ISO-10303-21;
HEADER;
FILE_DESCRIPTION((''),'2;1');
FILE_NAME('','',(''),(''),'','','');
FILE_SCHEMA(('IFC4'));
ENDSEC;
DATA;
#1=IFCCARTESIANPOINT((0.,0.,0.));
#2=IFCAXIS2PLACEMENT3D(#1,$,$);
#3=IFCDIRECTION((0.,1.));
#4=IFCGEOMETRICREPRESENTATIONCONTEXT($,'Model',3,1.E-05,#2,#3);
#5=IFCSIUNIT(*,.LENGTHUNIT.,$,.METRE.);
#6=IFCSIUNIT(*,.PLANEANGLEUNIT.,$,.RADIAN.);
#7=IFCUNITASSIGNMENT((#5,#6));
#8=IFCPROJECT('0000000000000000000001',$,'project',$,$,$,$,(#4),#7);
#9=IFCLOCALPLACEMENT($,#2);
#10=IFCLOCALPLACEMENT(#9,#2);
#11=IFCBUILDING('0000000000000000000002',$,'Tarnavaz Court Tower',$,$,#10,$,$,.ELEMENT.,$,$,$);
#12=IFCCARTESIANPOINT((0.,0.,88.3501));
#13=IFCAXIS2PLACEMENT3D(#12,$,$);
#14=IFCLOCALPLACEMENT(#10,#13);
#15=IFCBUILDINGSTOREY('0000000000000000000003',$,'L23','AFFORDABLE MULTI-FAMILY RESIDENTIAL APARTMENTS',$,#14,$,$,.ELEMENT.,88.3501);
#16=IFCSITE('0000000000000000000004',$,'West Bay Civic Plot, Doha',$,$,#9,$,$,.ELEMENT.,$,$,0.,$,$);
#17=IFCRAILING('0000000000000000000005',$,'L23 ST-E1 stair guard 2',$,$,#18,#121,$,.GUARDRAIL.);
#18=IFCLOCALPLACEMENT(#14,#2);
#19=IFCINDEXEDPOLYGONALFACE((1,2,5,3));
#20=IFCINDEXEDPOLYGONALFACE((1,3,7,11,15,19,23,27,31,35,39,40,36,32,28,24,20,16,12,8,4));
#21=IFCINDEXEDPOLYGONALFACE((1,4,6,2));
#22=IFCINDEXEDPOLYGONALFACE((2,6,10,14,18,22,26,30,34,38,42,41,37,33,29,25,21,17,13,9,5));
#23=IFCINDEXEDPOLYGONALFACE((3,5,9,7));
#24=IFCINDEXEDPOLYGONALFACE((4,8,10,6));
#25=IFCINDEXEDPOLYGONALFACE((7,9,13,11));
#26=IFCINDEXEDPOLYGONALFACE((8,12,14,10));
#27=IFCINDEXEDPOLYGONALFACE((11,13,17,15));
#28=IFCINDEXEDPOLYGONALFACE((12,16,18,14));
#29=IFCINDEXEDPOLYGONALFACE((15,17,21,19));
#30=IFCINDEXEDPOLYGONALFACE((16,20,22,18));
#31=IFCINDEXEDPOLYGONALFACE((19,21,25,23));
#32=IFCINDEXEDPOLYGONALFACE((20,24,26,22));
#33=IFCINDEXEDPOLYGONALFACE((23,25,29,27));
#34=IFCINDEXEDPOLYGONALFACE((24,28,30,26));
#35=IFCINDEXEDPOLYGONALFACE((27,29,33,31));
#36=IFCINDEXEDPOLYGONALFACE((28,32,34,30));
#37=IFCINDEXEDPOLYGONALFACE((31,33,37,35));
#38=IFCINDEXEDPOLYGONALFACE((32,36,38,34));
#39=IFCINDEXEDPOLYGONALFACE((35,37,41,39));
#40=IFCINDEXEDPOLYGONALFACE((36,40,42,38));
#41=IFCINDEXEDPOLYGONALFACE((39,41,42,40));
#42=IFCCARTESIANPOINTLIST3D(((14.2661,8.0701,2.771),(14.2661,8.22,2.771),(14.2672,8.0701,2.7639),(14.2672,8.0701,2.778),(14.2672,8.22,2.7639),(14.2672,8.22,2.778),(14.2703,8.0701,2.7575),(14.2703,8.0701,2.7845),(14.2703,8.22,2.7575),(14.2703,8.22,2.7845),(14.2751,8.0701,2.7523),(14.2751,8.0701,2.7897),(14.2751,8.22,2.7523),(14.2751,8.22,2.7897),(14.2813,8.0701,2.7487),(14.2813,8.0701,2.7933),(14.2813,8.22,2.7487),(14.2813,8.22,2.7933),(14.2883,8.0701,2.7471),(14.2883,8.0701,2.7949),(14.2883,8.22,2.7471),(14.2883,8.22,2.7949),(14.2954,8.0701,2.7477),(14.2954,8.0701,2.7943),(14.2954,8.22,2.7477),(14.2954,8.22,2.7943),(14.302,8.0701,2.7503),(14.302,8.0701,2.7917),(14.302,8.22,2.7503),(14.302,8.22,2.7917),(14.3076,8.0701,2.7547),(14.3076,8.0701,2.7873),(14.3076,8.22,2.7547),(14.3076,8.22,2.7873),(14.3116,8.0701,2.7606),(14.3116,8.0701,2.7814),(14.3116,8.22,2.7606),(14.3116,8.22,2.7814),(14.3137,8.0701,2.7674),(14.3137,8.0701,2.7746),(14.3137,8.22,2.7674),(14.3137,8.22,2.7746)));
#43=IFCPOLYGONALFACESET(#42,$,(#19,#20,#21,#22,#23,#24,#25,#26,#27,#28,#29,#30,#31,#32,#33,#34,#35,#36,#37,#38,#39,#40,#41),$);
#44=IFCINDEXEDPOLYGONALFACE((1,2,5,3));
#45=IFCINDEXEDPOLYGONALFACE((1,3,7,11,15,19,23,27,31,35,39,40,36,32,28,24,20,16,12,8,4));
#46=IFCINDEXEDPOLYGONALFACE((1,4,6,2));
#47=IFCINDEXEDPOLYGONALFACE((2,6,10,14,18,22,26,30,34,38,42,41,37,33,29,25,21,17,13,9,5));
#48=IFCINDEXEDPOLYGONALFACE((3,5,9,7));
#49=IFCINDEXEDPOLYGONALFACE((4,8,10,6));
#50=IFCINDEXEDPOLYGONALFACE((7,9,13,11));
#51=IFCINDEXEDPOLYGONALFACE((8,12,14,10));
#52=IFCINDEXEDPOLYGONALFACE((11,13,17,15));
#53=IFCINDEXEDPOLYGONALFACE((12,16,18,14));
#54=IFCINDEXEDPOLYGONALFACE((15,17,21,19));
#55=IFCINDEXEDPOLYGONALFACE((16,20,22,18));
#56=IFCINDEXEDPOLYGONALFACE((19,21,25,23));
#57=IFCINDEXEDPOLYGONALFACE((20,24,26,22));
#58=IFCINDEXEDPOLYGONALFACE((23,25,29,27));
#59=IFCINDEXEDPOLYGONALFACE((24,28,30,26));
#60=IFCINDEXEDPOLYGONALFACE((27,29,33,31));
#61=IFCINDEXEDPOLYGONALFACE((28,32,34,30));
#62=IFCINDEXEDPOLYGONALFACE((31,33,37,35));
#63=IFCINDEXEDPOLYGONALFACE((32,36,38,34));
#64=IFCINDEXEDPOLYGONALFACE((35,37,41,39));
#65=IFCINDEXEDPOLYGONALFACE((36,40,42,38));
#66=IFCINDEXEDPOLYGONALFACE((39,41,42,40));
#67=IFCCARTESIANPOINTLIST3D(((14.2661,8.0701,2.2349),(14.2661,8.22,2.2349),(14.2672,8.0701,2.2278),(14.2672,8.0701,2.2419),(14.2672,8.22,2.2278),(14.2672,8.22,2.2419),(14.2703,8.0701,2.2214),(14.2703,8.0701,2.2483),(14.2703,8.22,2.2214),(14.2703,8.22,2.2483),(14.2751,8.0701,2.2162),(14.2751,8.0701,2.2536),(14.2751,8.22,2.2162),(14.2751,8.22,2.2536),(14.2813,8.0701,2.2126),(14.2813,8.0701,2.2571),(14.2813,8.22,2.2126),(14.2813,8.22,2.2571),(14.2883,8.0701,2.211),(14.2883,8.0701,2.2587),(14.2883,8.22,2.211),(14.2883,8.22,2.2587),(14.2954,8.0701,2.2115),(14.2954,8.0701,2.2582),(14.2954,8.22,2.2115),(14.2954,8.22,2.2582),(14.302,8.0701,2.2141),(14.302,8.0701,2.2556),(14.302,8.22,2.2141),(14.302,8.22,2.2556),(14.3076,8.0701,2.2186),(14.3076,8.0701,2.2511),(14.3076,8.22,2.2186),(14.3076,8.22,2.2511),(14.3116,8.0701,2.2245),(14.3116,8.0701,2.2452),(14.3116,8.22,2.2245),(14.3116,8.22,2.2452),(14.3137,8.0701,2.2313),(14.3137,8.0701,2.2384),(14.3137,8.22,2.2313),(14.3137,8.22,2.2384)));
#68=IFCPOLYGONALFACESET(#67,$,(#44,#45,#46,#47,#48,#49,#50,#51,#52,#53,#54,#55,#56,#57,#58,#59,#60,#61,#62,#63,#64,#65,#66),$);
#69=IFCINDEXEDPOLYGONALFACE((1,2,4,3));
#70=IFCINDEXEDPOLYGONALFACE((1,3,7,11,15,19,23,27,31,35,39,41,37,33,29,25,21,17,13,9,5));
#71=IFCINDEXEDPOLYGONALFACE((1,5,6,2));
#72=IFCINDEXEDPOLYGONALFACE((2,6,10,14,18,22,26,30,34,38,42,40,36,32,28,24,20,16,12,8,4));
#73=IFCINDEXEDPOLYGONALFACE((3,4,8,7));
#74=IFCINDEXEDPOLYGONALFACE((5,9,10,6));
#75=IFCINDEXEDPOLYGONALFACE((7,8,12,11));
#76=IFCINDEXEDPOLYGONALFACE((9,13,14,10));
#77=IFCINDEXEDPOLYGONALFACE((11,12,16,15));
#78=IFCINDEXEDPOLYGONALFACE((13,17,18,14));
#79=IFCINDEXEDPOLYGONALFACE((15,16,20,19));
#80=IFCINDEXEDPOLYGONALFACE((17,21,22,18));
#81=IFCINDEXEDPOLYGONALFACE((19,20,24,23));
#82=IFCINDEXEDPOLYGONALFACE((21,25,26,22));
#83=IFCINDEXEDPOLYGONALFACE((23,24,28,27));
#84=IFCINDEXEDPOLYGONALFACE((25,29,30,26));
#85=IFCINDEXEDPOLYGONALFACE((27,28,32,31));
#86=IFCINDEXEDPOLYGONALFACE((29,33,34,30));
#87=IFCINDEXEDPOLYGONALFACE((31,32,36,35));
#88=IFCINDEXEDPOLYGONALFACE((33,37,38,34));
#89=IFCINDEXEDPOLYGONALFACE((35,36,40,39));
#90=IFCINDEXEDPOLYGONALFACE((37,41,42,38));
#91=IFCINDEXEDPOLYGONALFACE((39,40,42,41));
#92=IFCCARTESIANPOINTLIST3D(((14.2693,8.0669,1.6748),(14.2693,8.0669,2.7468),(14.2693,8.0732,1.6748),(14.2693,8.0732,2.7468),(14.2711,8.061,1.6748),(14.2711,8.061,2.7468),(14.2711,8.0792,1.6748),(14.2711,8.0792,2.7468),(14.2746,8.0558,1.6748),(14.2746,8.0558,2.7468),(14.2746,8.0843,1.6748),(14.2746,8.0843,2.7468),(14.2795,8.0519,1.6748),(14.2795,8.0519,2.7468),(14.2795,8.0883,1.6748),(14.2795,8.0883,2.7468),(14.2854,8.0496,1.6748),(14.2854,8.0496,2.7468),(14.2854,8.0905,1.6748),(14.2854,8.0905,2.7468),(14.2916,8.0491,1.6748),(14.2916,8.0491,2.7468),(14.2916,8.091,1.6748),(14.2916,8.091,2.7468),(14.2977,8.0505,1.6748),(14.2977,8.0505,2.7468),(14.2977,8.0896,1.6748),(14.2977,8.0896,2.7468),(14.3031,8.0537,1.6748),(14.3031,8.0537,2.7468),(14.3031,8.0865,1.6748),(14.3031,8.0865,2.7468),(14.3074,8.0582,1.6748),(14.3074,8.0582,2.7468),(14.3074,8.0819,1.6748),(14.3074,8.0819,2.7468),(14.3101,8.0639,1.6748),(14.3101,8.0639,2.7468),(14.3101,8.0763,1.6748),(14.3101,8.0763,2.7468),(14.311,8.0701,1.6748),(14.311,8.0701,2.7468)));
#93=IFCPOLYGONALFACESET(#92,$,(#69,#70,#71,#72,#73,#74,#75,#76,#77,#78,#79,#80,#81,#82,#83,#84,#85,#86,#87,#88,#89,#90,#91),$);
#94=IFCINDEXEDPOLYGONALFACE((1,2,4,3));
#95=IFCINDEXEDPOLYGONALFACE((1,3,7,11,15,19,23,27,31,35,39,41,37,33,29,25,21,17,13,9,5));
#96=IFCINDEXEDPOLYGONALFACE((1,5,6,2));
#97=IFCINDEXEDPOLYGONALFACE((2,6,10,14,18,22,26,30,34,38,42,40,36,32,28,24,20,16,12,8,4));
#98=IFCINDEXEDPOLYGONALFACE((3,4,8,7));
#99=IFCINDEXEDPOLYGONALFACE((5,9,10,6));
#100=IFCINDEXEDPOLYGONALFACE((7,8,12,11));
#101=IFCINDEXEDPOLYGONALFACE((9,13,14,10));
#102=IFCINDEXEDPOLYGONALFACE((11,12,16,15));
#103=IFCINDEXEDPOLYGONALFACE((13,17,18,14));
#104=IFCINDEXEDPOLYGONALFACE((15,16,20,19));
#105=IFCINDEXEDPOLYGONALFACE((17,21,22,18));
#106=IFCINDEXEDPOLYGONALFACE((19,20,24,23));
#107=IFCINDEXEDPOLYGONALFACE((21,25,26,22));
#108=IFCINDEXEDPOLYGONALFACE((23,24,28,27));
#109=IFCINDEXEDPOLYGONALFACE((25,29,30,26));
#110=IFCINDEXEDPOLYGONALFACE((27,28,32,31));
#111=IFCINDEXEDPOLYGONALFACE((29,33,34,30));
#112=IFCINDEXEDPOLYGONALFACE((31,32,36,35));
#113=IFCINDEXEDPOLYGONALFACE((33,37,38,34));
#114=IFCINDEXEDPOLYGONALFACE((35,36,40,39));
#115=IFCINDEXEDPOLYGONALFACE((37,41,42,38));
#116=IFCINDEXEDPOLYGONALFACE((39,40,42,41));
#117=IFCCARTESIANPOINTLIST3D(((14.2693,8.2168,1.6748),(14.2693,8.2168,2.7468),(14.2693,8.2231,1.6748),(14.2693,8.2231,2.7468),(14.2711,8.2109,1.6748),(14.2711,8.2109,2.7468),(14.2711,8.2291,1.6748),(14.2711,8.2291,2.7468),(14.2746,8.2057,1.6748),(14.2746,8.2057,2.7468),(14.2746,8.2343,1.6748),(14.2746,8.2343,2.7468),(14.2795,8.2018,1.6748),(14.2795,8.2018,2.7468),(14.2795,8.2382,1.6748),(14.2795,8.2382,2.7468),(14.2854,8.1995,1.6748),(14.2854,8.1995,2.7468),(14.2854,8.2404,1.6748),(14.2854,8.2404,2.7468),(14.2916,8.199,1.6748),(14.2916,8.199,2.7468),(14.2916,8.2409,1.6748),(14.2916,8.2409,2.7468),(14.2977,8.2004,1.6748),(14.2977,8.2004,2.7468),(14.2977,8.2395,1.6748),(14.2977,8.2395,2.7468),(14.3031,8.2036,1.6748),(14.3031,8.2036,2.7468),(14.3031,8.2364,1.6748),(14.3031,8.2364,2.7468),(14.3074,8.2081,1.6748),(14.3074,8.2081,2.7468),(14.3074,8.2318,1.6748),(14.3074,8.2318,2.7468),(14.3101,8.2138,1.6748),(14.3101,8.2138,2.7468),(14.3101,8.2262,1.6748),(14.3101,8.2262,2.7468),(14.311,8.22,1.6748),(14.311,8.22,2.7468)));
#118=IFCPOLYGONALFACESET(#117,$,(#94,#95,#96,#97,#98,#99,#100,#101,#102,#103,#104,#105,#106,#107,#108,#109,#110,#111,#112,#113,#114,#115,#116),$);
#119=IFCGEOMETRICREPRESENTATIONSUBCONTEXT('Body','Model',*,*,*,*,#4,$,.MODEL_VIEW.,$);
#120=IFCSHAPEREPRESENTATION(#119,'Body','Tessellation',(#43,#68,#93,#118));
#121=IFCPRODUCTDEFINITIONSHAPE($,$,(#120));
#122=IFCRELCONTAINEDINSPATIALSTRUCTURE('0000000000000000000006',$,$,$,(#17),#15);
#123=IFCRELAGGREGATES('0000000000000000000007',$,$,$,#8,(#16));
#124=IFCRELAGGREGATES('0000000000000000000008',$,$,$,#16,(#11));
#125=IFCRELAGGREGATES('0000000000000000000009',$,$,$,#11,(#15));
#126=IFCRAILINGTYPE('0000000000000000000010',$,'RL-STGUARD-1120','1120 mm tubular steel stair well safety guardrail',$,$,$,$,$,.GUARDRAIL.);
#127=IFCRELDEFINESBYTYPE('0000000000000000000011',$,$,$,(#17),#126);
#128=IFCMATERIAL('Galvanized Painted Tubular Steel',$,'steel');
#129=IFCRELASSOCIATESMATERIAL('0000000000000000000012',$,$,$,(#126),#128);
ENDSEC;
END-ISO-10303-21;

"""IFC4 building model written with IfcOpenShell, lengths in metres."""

from ifc_helpers import new_model, si_unit, direction, frame, origin, origin_2d, place, context, subcontext, project, spatial, circle, extrude, material, type_object, element, save


model = new_model("IFC4")

# Units and contexts
model_context = context("Model", 3, precision=1e-05, world=origin(), true_north=direction((0.0, 1.0)))
body_context = subcontext(model_context, "Body", "Model", "MODEL_VIEW")
ifc_project = project(units=[si_unit("LENGTHUNIT", "METRE"), si_unit("PLANEANGLEUNIT", "RADIAN")], contexts=[model_context])

# Site, building, storey
site_placement = place(None, origin())
site = spatial("IfcSite", under=ifc_project, at=site_placement, Name="West Bay Civic Plot, Doha", CompositionType="ELEMENT", RefElevation=0.0)
building_placement = place(site_placement, origin())
building = spatial("IfcBuilding", under=site, at=building_placement, Name="Tarnavaz Court Tower", CompositionType="ELEMENT")
storey_placement = place(building_placement, frame((0.0, 0.0, 88.3501)))
storey = spatial("IfcBuildingStorey", under=building, at=storey_placement, Name="L23", Description="AFFORDABLE MULTI-FAMILY RESIDENTIAL APARTMENTS", CompositionType="ELEMENT", Elevation=88.3501)

# Railing
ifc_material_1 = material(Name="Galvanized Painted Tubular Steel", Category="steel")
railing_type_1 = type_object("IfcRailingType", Name="RL-STGUARD-1120", Description="1120 mm tubular steel stair well safety guardrail", PredefinedType="GUARDRAIL", material=ifc_material_1)
railing_1_placement = place(storey_placement, frame((14.29, 8.0701, 1.6748)))
element("IfcRailing", 1, at=railing_1_placement, inside=storey, type_object=railing_type_1, Name="L23 ST-E1 stair guard 2", PredefinedType="GUARDRAIL", context=body_context, shape_type="SweptSolid", body=[
    extrude(circle(Radius=0.0239, at=origin_2d()), frame((0.0, 0.0, 1.0962), z_axis=(0.0, 1.0, 0.0), x_axis=(-1.0, 0.0, 0.0)), (0.0, 0.0, 1.0), 0.1499),
    extrude(circle(Radius=0.0239, at=origin_2d()), frame((0.0, 0.0, 0.5601), z_axis=(0.0, 1.0, 0.0), x_axis=(-1.0, 0.0, 0.0)), (0.0, 0.0, 1.0), 0.1499),
    extrude(circle(Radius=0.021, at=origin_2d()), origin(), (0.0, 0.0, 1.0), 1.072),
    extrude(circle(Radius=0.021, at=origin_2d()), frame((0.0, 0.1499, 0.0)), (0.0, 0.0, 1.0), 1.072),
])

save(model, "model.ifc")
